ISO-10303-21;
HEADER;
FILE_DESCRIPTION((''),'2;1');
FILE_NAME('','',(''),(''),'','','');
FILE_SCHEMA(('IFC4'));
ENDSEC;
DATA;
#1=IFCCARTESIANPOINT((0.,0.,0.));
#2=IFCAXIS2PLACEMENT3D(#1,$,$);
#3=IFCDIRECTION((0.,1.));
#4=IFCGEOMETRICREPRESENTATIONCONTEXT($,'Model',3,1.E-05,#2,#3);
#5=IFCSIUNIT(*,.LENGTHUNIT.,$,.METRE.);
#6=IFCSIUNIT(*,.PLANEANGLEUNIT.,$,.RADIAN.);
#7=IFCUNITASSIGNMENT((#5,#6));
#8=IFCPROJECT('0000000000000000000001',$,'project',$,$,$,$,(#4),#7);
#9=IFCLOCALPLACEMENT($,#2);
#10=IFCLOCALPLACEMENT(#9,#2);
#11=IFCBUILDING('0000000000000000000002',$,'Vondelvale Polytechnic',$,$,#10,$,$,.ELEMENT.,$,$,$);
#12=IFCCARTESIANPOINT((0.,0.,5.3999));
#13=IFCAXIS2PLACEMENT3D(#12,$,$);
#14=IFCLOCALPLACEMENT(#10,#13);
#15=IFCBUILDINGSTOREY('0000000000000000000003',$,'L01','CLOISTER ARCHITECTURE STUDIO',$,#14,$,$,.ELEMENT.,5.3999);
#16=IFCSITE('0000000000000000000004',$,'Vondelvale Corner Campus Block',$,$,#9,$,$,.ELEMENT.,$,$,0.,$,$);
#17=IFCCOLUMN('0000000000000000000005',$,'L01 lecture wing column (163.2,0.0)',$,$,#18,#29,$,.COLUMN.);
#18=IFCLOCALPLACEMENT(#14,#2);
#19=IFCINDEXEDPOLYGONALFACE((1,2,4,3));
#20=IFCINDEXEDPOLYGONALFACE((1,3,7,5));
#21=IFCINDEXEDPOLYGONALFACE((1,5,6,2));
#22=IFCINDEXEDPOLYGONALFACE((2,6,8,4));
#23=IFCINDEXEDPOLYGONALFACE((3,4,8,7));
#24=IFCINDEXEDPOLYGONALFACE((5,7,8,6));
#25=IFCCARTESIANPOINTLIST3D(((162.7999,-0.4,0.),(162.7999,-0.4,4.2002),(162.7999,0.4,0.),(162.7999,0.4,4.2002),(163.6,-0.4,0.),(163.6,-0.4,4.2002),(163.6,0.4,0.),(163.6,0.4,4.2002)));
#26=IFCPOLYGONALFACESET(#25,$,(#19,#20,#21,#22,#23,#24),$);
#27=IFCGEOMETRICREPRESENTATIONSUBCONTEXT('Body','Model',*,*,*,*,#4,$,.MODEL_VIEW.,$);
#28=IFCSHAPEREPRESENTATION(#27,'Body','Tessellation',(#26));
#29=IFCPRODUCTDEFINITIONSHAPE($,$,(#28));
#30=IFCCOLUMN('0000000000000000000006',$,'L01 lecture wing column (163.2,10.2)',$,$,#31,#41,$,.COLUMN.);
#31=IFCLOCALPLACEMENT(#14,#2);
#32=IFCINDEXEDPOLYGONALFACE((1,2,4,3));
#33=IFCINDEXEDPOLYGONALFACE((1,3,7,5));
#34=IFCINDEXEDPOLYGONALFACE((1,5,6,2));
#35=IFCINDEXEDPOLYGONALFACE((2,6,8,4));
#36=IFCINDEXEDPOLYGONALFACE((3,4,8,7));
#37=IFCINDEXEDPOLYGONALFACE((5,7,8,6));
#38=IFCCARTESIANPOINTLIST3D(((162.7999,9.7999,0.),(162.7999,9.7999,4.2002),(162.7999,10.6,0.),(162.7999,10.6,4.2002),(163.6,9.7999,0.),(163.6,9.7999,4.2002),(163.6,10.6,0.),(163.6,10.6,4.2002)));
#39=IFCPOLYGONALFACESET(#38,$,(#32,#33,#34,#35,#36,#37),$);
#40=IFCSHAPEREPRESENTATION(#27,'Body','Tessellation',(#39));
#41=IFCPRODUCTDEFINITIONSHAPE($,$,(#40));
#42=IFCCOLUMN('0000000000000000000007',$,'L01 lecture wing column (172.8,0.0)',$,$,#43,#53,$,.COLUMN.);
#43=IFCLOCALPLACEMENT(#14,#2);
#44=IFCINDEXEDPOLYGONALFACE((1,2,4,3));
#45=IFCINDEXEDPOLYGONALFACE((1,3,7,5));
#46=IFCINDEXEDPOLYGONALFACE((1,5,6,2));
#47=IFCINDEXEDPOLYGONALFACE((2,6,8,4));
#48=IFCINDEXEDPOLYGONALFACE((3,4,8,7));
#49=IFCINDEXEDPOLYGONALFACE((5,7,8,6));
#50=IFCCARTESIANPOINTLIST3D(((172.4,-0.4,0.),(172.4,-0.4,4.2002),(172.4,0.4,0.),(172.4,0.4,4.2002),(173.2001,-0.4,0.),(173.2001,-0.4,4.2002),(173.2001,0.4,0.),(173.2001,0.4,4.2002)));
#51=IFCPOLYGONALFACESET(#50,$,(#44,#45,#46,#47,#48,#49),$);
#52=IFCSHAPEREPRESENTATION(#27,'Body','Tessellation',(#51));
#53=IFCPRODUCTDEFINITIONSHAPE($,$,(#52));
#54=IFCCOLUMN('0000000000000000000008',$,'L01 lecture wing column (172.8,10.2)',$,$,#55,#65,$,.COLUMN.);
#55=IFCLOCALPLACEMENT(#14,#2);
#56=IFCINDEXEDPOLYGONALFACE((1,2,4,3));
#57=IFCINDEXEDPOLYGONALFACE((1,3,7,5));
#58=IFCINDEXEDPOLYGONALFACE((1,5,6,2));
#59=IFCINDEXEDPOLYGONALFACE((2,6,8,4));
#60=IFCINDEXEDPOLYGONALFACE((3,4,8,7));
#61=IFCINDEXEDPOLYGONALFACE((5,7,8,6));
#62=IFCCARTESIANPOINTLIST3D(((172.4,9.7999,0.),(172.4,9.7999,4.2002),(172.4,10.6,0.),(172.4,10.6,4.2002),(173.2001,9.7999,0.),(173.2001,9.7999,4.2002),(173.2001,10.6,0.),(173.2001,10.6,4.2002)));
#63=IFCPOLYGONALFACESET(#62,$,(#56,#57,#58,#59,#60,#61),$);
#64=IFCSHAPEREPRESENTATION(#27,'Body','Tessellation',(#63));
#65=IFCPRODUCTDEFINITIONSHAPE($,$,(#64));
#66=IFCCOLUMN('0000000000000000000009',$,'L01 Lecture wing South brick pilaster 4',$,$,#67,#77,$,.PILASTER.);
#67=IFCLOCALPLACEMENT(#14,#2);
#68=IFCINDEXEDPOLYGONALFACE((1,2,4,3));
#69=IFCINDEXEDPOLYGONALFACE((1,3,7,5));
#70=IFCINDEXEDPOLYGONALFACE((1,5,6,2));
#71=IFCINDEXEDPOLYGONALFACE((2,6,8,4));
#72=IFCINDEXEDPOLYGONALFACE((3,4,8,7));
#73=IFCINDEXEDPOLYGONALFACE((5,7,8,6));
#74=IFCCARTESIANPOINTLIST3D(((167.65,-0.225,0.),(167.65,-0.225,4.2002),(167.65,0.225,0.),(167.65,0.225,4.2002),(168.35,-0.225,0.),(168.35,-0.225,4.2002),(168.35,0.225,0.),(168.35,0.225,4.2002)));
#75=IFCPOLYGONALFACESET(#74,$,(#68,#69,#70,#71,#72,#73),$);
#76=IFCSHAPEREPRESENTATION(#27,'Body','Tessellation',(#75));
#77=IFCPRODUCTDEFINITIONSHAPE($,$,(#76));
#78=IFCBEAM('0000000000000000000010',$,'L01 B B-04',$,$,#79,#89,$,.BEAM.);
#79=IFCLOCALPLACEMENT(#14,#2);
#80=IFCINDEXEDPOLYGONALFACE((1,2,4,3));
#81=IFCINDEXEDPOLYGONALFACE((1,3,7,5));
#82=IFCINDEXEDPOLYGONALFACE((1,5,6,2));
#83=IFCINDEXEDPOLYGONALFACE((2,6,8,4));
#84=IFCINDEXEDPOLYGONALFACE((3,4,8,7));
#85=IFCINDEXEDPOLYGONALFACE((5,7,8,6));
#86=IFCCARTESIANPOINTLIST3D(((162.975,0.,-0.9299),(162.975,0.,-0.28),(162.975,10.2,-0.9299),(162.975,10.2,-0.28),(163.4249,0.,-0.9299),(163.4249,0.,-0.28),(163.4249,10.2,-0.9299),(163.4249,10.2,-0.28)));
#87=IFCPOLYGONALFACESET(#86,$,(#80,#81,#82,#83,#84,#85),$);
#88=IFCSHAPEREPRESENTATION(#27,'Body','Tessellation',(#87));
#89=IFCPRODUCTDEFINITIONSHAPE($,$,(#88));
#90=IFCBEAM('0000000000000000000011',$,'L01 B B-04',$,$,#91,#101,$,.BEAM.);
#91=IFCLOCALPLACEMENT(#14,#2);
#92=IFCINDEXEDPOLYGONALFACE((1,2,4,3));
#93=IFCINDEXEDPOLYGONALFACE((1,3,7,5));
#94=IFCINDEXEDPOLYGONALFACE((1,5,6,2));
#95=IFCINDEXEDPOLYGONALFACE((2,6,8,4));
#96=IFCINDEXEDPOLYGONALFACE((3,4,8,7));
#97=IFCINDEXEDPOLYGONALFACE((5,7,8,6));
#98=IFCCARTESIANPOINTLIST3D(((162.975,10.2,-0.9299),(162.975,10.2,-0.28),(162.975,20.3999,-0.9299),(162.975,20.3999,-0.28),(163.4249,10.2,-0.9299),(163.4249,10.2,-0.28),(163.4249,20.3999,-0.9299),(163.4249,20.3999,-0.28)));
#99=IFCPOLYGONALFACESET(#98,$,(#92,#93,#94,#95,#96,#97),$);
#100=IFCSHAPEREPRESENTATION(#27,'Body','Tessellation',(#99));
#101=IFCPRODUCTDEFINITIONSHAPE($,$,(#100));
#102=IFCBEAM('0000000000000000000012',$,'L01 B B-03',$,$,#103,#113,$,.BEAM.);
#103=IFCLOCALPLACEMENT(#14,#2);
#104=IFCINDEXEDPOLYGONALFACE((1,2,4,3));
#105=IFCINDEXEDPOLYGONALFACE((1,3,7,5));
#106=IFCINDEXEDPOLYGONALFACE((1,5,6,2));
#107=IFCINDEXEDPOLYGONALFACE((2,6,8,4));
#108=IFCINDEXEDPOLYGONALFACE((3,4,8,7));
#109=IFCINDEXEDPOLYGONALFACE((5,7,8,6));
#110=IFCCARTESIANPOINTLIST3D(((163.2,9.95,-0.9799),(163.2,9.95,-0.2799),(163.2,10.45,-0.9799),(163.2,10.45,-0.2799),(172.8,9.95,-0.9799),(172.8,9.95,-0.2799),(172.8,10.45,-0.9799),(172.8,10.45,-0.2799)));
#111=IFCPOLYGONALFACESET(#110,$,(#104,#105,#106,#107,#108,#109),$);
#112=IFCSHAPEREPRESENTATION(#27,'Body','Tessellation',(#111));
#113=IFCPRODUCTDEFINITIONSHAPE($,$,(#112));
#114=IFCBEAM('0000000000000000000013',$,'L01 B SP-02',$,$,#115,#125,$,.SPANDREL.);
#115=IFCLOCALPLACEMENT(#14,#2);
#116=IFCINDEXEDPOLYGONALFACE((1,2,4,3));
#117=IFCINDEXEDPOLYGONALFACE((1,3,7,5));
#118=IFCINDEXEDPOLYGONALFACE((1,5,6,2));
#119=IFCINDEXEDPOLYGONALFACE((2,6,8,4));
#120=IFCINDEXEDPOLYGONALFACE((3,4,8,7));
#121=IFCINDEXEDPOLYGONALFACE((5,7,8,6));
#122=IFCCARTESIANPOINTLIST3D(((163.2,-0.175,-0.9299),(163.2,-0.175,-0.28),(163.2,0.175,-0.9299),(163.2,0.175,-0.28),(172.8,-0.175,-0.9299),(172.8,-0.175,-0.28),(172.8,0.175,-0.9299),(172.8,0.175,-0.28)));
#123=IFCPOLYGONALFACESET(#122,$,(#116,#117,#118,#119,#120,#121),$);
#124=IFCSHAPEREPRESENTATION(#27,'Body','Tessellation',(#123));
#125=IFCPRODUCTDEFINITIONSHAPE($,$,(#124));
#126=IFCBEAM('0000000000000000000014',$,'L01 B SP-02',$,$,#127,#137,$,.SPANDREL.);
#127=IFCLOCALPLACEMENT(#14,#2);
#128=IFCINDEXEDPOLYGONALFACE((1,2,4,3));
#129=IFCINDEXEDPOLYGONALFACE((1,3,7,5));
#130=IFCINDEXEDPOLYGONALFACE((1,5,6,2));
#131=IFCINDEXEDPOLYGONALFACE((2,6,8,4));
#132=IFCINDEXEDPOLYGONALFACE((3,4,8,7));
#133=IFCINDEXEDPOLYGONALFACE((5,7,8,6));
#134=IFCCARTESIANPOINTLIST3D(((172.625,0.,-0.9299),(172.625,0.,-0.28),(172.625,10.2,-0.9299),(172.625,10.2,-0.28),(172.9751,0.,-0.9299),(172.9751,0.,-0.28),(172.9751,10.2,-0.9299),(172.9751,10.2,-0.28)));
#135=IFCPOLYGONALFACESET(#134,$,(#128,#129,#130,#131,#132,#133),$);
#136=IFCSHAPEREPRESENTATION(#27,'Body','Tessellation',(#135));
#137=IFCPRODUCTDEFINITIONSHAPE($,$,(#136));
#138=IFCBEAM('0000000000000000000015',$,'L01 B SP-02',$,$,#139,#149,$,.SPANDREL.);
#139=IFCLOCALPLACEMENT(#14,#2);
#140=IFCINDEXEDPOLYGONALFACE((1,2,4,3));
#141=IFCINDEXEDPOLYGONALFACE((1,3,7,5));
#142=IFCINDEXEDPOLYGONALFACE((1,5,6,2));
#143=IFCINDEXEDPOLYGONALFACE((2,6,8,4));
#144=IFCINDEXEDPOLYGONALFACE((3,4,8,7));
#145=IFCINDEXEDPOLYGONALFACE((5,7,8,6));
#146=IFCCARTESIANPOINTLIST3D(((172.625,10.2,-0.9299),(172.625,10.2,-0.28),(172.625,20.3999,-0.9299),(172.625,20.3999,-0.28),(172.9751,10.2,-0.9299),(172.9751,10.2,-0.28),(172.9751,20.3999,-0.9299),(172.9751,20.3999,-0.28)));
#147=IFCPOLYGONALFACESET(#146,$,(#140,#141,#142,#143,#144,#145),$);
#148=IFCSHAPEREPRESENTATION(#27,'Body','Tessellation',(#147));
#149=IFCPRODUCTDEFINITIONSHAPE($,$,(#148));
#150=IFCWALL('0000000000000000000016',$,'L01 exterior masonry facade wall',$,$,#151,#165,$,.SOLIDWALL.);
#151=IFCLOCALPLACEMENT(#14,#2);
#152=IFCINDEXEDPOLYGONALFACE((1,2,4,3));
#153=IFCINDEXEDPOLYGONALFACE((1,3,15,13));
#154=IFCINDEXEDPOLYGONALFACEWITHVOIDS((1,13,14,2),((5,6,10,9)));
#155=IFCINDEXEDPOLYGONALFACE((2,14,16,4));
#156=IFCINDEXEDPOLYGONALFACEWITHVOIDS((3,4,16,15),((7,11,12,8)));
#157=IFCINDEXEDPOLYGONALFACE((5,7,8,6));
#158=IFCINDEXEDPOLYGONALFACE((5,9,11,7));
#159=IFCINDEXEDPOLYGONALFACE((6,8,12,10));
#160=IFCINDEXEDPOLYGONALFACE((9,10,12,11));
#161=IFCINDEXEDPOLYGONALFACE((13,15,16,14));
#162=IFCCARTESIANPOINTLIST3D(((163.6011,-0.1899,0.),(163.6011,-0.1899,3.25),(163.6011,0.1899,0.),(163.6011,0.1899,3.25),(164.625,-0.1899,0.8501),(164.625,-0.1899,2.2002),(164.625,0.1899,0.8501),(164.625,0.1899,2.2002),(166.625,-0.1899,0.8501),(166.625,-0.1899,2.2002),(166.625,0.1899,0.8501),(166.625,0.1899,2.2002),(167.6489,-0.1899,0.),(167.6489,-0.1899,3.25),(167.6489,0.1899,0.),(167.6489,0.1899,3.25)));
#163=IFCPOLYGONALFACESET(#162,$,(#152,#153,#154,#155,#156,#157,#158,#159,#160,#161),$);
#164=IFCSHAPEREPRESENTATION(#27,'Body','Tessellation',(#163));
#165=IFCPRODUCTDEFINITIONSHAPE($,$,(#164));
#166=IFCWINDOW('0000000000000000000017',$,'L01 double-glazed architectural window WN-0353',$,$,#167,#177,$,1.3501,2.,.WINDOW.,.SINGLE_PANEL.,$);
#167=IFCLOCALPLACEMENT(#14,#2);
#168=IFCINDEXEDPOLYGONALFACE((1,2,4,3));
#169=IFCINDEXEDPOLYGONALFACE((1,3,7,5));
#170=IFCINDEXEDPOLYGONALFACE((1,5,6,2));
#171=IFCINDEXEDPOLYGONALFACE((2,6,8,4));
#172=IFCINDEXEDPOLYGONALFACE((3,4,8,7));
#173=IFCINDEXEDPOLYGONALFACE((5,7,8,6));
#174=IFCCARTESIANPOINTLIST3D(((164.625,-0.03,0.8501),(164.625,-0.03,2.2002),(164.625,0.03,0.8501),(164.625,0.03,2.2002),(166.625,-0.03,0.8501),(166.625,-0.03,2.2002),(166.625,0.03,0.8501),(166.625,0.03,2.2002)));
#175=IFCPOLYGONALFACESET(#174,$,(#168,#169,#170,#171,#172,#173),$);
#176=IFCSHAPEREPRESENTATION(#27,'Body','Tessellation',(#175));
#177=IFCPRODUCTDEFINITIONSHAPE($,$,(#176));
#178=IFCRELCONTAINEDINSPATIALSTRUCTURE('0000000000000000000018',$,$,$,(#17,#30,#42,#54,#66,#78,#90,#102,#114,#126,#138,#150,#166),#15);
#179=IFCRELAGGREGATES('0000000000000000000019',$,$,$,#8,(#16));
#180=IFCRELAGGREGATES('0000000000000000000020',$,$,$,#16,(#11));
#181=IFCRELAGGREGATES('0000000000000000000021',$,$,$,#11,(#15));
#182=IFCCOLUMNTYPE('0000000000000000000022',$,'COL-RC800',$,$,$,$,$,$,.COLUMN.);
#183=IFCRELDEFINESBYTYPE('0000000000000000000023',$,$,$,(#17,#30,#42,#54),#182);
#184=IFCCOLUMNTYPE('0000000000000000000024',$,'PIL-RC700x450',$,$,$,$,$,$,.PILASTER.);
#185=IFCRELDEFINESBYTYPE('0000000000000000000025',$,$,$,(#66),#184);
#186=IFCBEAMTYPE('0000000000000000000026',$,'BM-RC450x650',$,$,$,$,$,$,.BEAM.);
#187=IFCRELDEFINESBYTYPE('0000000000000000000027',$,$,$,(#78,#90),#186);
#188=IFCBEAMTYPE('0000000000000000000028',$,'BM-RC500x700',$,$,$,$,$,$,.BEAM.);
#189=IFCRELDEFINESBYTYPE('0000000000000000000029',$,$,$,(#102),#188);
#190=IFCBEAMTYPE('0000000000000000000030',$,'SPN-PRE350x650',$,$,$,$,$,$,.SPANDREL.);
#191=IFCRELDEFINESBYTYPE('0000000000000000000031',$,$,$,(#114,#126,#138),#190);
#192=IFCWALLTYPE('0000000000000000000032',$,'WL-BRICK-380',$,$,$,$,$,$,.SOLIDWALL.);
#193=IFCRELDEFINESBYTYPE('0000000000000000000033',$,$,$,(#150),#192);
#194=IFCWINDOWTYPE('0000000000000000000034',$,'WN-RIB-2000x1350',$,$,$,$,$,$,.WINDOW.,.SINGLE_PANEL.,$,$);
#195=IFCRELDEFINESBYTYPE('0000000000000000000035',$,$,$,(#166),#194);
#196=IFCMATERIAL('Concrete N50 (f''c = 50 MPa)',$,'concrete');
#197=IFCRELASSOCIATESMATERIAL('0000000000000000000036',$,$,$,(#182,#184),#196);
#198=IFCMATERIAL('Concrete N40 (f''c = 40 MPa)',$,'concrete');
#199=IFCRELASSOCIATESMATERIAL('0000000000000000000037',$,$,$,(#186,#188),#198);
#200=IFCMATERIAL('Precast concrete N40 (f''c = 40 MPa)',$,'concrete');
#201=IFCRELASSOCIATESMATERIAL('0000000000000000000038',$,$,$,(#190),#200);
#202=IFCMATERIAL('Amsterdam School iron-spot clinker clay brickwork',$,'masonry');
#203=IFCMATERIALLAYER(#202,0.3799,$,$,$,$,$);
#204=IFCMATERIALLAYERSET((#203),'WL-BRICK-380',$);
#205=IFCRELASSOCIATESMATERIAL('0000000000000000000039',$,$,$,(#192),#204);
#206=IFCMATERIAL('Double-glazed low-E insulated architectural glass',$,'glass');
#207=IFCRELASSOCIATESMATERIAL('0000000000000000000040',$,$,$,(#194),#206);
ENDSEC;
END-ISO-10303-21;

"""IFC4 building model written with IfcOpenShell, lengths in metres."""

from ifc_helpers import new_model, si_unit, direction, frame, frame_2d, origin, origin_2d, place, context, subcontext, project, spatial, rectangle, extrude, material, layer, layer_set, material_profile, profile_set, type_object, element, fill, save


model = new_model("IFC4")

# Units and contexts
model_context = context("Model", 3, precision=1e-05, world=origin(), true_north=direction((0.0, 1.0)))
body_context = subcontext(model_context, "Body", "Model", "MODEL_VIEW")
ifc_project = project(units=[si_unit("LENGTHUNIT", "METRE"), si_unit("PLANEANGLEUNIT", "RADIAN")], contexts=[model_context])

# Site, building, storey
site_placement = place(None, origin())
site = spatial("IfcSite", under=ifc_project, at=site_placement, Name="Vondelvale Corner Campus Block", CompositionType="ELEMENT", RefElevation=0.0)
building_placement = place(site_placement, origin())
building = spatial("IfcBuilding", under=site, at=building_placement, Name="Vondelvale Polytechnic", CompositionType="ELEMENT")
storey_placement = place(building_placement, frame((0.0, 0.0, 5.3999)))
storey = spatial("IfcBuildingStorey", under=building, at=storey_placement, Name="L01", Description="CLOISTER ARCHITECTURE STUDIO", CompositionType="ELEMENT", Elevation=5.3999)

# Columns
ifc_material_1 = material(Name="Concrete N50 (f'c = 50 MPa)", Category="concrete")
ifc_material_profile_1 = material_profile(ifc_material_1, rectangle(XDim=0.8, YDim=0.8, at=origin_2d()), Name="RC-COL-800x800")
ifc_profile_set_1 = profile_set([ifc_material_profile_1], Name="Concrete N50 (f'c = 50 MPa)")
column_type_1 = type_object("IfcColumnType", Name="COL-RC800", PredefinedType="COLUMN", material=ifc_profile_set_1)
for number, where, z_axis, x_axis, name in (
    (1, (163.2, 0.0, 0.0), (0.0, 0.0, 1.0), (1.0, 0.0, 0.0), "L01 lecture wing column (163.2,0.0)"),
    (2, (163.2, 10.2, 0.0), (0.0, 0.0, 1.0), (1.0, 0.0, 0.0), "L01 lecture wing column (163.2,10.2)"),
    (3, (172.8, 0.0, 0.0), (0.0, 0.0, 1.0), (1.0, 0.0, 0.0), "L01 lecture wing column (172.8,0.0)"),
    (4, (172.8, 10.2, 0.0), (0.0, 0.0, 1.0), (1.0, 0.0, 0.0), "L01 lecture wing column (172.8,10.2)"),
):
    element("IfcColumn", number, at=place(storey_placement, frame(where, z_axis=z_axis, x_axis=x_axis)), inside=storey, type_object=column_type_1, Name=name, PredefinedType="COLUMN", context=body_context, shape_type="SweptSolid", body=[
        extrude(rectangle(XDim=0.8, YDim=0.8, at=origin_2d()), origin(), (0.0, 0.0, 1.0), 4.2002),
    ])
ifc_material_profile_2 = material_profile(ifc_material_1, rectangle(XDim=0.45, YDim=0.7, at=origin_2d()), Name="RC-PIL-700x450")
ifc_profile_set_2 = profile_set([ifc_material_profile_2], Name="Concrete N50 (f'c = 50 MPa)")
column_type_2 = type_object("IfcColumnType", Name="PIL-RC700x450", PredefinedType="PILASTER", material=ifc_profile_set_2)
column_placement = place(storey_placement, frame((168.0, 0.0, 0.0), z_axis=(0.0, 0.0, 1.0), x_axis=(0.0, 1.0, 0.0)))
element("IfcColumn", 5, at=column_placement, inside=storey, type_object=column_type_2, Name="L01 Lecture wing South brick pilaster 4", PredefinedType="PILASTER", context=body_context, shape_type="SweptSolid", body=[
    extrude(rectangle(XDim=0.45, YDim=0.7, at=origin_2d()), origin(), (0.0, 0.0, 1.0), 4.2002),
])

# Beams
ifc_material_2 = material(Name="Concrete N40 (f'c = 40 MPa)", Category="concrete")
ifc_material_profile_3 = material_profile(ifc_material_2, rectangle(XDim=0.45, YDim=0.6499, at=origin_2d()), Name="RC-BM-450x650")
ifc_profile_set_3 = profile_set([ifc_material_profile_3], Name="Concrete N40 (f'c = 40 MPa)")
beam_type_1 = type_object("IfcBeamType", Name="BM-RC450x650", PredefinedType="BEAM", material=ifc_profile_set_3)
for number, where, z_axis, x_axis, name in (
    (6, (163.2, 0.0, -0.605), (0.0, 1.0, 0.0), (-1.0, 0.0, 0.0), "L01 B B-04"),
    (7, (163.2, 10.2, -0.605), (0.0, 1.0, 0.0), (-1.0, 0.0, 0.0), "L01 B B-04"),
):
    element("IfcBeam", number, at=place(storey_placement, frame(where, z_axis=z_axis, x_axis=x_axis)), inside=storey, type_object=beam_type_1, Name=name, PredefinedType="BEAM", context=body_context, shape_type="SweptSolid", body=[
        extrude(rectangle(XDim=0.45, YDim=0.6499, at=origin_2d()), origin(), (0.0, 0.0, 1.0), 10.2),
    ])
ifc_material_profile_4 = material_profile(ifc_material_2, rectangle(XDim=0.5, YDim=0.7, at=origin_2d()), Name="RC-BM-500x700")
ifc_profile_set_4 = profile_set([ifc_material_profile_4], Name="Concrete N40 (f'c = 40 MPa)")
beam_type_2 = type_object("IfcBeamType", Name="BM-RC500x700", PredefinedType="BEAM", material=ifc_profile_set_4)
beam_1_placement = place(storey_placement, frame((163.2, 10.2, -0.6299), z_axis=(1.0, 0.0, 0.0), x_axis=(0.0, 1.0, 0.0)))
element("IfcBeam", 8, at=beam_1_placement, inside=storey, type_object=beam_type_2, Name="L01 B B-03", PredefinedType="BEAM", context=body_context, shape_type="SweptSolid", body=[
    extrude(rectangle(XDim=0.5, YDim=0.7, at=origin_2d()), origin(), (0.0, 0.0, 1.0), 9.6001),
])
ifc_material_3 = material(Name="Precast concrete N40 (f'c = 40 MPa)", Category="concrete")
ifc_material_profile_5 = material_profile(ifc_material_3, rectangle(XDim=0.3501, YDim=0.6499, at=origin_2d()), Name="RC-SPN-350x650")
ifc_profile_set_5 = profile_set([ifc_material_profile_5], Name="Precast concrete N40 (f'c = 40 MPa)")
beam_type_3 = type_object("IfcBeamType", Name="SPN-PRE350x650", PredefinedType="SPANDREL", material=ifc_profile_set_5)
beam_2_placement = place(storey_placement, frame((163.2, 0.0, -0.605), z_axis=(1.0, 0.0, 0.0), x_axis=(0.0, 1.0, 0.0)))
element("IfcBeam", 9, at=beam_2_placement, inside=storey, type_object=beam_type_3, Name="L01 B SP-02", PredefinedType="SPANDREL", context=body_context, shape_type="SweptSolid", body=[
    extrude(rectangle(XDim=0.3501, YDim=0.6499, at=origin_2d()), origin(), (0.0, 0.0, 1.0), 9.6001),
])
for number, where, z_axis, x_axis, name in (
    (10, (172.8, 0.0, -0.605), (0.0, 1.0, 0.0), (-1.0, 0.0, 0.0), "L01 B SP-02"),
    (11, (172.8, 10.2, -0.605), (0.0, 1.0, 0.0), (-1.0, 0.0, 0.0), "L01 B SP-02"),
):
    element("IfcBeam", number, at=place(storey_placement, frame(where, z_axis=z_axis, x_axis=x_axis)), inside=storey, type_object=beam_type_3, Name=name, PredefinedType="SPANDREL", context=body_context, shape_type="SweptSolid", body=[
        extrude(rectangle(XDim=0.3501, YDim=0.6499, at=origin_2d()), origin(), (0.0, 0.0, 1.0), 10.2),
    ])

# Wall, opening, window
ifc_material_4 = material(Name="Amsterdam School iron-spot clinker clay brickwork", Category="masonry")
ifc_layer_1 = layer(ifc_material_4, 0.3799)
ifc_layer_set_1 = layer_set([ifc_layer_1], Name="WL-BRICK-380")
wall_type = type_object("IfcWallType", Name="WL-BRICK-380", PredefinedType="SOLIDWALL", material=ifc_layer_set_1)
wall_1_placement = place(storey_placement, frame((167.6489, 0.0, 0.0), z_axis=(0.0, 0.0, 1.0), x_axis=(-1.0, 0.0, 0.0)))
wall_1 = element("IfcWall", 12, at=wall_1_placement, inside=storey, type_object=wall_type, Name="L01 exterior masonry facade wall", PredefinedType="SOLIDWALL", context=body_context, shape_type="SweptSolid", body=[
    extrude(rectangle(XDim=4.0479, YDim=0.3799, at=frame_2d((2.0239, 0.0))), origin(), (0.0, 0.0, 1.0), 3.25),
])
opening_1_placement = place(wall_1_placement, frame((1.0239, 0.0, 0.8501)))
opening_1 = element("IfcOpeningElement", 13, at=opening_1_placement, cuts=wall_1, PredefinedType="OPENING", context=body_context, shape_type="SweptSolid", body=[
    extrude(rectangle(XDim=2.0, YDim=1.3501, at=frame_2d((1.0, 0.675))), frame((0.0, 0.2, 0.0), z_axis=(0.0, -1.0, 0.0), x_axis=(1.0, 0.0, 0.0)), (0.0, 0.0, 1.0), 0.3999),
])
ifc_material_5 = material(Name="Double-glazed low-E insulated architectural glass", Category="glass")
window_type = type_object("IfcWindowType", Name="WN-RIB-2000x1350", PartitioningType="SINGLE_PANEL", PredefinedType="WINDOW", material=ifc_material_5)
window_1_placement = place(opening_1_placement, origin())
window_1 = element("IfcWindow", 14, at=window_1_placement, inside=storey, type_object=window_type, Name="L01 double-glazed architectural window WN-0353", OverallHeight=1.3501, OverallWidth=2.0, PartitioningType="SINGLE_PANEL", PredefinedType="WINDOW", context=body_context, shape_type="SweptSolid", body=[
    extrude(rectangle(XDim=2.0, YDim=1.3501, at=frame_2d((1.0, 0.675))), frame((0.0, 0.03, 0.0), z_axis=(0.0, -1.0, 0.0), x_axis=(1.0, 0.0, 0.0)), (0.0, 0.0, 1.0), 0.0601),
])
fill(opening_1, window_1)

save(model, "model.ifc")
